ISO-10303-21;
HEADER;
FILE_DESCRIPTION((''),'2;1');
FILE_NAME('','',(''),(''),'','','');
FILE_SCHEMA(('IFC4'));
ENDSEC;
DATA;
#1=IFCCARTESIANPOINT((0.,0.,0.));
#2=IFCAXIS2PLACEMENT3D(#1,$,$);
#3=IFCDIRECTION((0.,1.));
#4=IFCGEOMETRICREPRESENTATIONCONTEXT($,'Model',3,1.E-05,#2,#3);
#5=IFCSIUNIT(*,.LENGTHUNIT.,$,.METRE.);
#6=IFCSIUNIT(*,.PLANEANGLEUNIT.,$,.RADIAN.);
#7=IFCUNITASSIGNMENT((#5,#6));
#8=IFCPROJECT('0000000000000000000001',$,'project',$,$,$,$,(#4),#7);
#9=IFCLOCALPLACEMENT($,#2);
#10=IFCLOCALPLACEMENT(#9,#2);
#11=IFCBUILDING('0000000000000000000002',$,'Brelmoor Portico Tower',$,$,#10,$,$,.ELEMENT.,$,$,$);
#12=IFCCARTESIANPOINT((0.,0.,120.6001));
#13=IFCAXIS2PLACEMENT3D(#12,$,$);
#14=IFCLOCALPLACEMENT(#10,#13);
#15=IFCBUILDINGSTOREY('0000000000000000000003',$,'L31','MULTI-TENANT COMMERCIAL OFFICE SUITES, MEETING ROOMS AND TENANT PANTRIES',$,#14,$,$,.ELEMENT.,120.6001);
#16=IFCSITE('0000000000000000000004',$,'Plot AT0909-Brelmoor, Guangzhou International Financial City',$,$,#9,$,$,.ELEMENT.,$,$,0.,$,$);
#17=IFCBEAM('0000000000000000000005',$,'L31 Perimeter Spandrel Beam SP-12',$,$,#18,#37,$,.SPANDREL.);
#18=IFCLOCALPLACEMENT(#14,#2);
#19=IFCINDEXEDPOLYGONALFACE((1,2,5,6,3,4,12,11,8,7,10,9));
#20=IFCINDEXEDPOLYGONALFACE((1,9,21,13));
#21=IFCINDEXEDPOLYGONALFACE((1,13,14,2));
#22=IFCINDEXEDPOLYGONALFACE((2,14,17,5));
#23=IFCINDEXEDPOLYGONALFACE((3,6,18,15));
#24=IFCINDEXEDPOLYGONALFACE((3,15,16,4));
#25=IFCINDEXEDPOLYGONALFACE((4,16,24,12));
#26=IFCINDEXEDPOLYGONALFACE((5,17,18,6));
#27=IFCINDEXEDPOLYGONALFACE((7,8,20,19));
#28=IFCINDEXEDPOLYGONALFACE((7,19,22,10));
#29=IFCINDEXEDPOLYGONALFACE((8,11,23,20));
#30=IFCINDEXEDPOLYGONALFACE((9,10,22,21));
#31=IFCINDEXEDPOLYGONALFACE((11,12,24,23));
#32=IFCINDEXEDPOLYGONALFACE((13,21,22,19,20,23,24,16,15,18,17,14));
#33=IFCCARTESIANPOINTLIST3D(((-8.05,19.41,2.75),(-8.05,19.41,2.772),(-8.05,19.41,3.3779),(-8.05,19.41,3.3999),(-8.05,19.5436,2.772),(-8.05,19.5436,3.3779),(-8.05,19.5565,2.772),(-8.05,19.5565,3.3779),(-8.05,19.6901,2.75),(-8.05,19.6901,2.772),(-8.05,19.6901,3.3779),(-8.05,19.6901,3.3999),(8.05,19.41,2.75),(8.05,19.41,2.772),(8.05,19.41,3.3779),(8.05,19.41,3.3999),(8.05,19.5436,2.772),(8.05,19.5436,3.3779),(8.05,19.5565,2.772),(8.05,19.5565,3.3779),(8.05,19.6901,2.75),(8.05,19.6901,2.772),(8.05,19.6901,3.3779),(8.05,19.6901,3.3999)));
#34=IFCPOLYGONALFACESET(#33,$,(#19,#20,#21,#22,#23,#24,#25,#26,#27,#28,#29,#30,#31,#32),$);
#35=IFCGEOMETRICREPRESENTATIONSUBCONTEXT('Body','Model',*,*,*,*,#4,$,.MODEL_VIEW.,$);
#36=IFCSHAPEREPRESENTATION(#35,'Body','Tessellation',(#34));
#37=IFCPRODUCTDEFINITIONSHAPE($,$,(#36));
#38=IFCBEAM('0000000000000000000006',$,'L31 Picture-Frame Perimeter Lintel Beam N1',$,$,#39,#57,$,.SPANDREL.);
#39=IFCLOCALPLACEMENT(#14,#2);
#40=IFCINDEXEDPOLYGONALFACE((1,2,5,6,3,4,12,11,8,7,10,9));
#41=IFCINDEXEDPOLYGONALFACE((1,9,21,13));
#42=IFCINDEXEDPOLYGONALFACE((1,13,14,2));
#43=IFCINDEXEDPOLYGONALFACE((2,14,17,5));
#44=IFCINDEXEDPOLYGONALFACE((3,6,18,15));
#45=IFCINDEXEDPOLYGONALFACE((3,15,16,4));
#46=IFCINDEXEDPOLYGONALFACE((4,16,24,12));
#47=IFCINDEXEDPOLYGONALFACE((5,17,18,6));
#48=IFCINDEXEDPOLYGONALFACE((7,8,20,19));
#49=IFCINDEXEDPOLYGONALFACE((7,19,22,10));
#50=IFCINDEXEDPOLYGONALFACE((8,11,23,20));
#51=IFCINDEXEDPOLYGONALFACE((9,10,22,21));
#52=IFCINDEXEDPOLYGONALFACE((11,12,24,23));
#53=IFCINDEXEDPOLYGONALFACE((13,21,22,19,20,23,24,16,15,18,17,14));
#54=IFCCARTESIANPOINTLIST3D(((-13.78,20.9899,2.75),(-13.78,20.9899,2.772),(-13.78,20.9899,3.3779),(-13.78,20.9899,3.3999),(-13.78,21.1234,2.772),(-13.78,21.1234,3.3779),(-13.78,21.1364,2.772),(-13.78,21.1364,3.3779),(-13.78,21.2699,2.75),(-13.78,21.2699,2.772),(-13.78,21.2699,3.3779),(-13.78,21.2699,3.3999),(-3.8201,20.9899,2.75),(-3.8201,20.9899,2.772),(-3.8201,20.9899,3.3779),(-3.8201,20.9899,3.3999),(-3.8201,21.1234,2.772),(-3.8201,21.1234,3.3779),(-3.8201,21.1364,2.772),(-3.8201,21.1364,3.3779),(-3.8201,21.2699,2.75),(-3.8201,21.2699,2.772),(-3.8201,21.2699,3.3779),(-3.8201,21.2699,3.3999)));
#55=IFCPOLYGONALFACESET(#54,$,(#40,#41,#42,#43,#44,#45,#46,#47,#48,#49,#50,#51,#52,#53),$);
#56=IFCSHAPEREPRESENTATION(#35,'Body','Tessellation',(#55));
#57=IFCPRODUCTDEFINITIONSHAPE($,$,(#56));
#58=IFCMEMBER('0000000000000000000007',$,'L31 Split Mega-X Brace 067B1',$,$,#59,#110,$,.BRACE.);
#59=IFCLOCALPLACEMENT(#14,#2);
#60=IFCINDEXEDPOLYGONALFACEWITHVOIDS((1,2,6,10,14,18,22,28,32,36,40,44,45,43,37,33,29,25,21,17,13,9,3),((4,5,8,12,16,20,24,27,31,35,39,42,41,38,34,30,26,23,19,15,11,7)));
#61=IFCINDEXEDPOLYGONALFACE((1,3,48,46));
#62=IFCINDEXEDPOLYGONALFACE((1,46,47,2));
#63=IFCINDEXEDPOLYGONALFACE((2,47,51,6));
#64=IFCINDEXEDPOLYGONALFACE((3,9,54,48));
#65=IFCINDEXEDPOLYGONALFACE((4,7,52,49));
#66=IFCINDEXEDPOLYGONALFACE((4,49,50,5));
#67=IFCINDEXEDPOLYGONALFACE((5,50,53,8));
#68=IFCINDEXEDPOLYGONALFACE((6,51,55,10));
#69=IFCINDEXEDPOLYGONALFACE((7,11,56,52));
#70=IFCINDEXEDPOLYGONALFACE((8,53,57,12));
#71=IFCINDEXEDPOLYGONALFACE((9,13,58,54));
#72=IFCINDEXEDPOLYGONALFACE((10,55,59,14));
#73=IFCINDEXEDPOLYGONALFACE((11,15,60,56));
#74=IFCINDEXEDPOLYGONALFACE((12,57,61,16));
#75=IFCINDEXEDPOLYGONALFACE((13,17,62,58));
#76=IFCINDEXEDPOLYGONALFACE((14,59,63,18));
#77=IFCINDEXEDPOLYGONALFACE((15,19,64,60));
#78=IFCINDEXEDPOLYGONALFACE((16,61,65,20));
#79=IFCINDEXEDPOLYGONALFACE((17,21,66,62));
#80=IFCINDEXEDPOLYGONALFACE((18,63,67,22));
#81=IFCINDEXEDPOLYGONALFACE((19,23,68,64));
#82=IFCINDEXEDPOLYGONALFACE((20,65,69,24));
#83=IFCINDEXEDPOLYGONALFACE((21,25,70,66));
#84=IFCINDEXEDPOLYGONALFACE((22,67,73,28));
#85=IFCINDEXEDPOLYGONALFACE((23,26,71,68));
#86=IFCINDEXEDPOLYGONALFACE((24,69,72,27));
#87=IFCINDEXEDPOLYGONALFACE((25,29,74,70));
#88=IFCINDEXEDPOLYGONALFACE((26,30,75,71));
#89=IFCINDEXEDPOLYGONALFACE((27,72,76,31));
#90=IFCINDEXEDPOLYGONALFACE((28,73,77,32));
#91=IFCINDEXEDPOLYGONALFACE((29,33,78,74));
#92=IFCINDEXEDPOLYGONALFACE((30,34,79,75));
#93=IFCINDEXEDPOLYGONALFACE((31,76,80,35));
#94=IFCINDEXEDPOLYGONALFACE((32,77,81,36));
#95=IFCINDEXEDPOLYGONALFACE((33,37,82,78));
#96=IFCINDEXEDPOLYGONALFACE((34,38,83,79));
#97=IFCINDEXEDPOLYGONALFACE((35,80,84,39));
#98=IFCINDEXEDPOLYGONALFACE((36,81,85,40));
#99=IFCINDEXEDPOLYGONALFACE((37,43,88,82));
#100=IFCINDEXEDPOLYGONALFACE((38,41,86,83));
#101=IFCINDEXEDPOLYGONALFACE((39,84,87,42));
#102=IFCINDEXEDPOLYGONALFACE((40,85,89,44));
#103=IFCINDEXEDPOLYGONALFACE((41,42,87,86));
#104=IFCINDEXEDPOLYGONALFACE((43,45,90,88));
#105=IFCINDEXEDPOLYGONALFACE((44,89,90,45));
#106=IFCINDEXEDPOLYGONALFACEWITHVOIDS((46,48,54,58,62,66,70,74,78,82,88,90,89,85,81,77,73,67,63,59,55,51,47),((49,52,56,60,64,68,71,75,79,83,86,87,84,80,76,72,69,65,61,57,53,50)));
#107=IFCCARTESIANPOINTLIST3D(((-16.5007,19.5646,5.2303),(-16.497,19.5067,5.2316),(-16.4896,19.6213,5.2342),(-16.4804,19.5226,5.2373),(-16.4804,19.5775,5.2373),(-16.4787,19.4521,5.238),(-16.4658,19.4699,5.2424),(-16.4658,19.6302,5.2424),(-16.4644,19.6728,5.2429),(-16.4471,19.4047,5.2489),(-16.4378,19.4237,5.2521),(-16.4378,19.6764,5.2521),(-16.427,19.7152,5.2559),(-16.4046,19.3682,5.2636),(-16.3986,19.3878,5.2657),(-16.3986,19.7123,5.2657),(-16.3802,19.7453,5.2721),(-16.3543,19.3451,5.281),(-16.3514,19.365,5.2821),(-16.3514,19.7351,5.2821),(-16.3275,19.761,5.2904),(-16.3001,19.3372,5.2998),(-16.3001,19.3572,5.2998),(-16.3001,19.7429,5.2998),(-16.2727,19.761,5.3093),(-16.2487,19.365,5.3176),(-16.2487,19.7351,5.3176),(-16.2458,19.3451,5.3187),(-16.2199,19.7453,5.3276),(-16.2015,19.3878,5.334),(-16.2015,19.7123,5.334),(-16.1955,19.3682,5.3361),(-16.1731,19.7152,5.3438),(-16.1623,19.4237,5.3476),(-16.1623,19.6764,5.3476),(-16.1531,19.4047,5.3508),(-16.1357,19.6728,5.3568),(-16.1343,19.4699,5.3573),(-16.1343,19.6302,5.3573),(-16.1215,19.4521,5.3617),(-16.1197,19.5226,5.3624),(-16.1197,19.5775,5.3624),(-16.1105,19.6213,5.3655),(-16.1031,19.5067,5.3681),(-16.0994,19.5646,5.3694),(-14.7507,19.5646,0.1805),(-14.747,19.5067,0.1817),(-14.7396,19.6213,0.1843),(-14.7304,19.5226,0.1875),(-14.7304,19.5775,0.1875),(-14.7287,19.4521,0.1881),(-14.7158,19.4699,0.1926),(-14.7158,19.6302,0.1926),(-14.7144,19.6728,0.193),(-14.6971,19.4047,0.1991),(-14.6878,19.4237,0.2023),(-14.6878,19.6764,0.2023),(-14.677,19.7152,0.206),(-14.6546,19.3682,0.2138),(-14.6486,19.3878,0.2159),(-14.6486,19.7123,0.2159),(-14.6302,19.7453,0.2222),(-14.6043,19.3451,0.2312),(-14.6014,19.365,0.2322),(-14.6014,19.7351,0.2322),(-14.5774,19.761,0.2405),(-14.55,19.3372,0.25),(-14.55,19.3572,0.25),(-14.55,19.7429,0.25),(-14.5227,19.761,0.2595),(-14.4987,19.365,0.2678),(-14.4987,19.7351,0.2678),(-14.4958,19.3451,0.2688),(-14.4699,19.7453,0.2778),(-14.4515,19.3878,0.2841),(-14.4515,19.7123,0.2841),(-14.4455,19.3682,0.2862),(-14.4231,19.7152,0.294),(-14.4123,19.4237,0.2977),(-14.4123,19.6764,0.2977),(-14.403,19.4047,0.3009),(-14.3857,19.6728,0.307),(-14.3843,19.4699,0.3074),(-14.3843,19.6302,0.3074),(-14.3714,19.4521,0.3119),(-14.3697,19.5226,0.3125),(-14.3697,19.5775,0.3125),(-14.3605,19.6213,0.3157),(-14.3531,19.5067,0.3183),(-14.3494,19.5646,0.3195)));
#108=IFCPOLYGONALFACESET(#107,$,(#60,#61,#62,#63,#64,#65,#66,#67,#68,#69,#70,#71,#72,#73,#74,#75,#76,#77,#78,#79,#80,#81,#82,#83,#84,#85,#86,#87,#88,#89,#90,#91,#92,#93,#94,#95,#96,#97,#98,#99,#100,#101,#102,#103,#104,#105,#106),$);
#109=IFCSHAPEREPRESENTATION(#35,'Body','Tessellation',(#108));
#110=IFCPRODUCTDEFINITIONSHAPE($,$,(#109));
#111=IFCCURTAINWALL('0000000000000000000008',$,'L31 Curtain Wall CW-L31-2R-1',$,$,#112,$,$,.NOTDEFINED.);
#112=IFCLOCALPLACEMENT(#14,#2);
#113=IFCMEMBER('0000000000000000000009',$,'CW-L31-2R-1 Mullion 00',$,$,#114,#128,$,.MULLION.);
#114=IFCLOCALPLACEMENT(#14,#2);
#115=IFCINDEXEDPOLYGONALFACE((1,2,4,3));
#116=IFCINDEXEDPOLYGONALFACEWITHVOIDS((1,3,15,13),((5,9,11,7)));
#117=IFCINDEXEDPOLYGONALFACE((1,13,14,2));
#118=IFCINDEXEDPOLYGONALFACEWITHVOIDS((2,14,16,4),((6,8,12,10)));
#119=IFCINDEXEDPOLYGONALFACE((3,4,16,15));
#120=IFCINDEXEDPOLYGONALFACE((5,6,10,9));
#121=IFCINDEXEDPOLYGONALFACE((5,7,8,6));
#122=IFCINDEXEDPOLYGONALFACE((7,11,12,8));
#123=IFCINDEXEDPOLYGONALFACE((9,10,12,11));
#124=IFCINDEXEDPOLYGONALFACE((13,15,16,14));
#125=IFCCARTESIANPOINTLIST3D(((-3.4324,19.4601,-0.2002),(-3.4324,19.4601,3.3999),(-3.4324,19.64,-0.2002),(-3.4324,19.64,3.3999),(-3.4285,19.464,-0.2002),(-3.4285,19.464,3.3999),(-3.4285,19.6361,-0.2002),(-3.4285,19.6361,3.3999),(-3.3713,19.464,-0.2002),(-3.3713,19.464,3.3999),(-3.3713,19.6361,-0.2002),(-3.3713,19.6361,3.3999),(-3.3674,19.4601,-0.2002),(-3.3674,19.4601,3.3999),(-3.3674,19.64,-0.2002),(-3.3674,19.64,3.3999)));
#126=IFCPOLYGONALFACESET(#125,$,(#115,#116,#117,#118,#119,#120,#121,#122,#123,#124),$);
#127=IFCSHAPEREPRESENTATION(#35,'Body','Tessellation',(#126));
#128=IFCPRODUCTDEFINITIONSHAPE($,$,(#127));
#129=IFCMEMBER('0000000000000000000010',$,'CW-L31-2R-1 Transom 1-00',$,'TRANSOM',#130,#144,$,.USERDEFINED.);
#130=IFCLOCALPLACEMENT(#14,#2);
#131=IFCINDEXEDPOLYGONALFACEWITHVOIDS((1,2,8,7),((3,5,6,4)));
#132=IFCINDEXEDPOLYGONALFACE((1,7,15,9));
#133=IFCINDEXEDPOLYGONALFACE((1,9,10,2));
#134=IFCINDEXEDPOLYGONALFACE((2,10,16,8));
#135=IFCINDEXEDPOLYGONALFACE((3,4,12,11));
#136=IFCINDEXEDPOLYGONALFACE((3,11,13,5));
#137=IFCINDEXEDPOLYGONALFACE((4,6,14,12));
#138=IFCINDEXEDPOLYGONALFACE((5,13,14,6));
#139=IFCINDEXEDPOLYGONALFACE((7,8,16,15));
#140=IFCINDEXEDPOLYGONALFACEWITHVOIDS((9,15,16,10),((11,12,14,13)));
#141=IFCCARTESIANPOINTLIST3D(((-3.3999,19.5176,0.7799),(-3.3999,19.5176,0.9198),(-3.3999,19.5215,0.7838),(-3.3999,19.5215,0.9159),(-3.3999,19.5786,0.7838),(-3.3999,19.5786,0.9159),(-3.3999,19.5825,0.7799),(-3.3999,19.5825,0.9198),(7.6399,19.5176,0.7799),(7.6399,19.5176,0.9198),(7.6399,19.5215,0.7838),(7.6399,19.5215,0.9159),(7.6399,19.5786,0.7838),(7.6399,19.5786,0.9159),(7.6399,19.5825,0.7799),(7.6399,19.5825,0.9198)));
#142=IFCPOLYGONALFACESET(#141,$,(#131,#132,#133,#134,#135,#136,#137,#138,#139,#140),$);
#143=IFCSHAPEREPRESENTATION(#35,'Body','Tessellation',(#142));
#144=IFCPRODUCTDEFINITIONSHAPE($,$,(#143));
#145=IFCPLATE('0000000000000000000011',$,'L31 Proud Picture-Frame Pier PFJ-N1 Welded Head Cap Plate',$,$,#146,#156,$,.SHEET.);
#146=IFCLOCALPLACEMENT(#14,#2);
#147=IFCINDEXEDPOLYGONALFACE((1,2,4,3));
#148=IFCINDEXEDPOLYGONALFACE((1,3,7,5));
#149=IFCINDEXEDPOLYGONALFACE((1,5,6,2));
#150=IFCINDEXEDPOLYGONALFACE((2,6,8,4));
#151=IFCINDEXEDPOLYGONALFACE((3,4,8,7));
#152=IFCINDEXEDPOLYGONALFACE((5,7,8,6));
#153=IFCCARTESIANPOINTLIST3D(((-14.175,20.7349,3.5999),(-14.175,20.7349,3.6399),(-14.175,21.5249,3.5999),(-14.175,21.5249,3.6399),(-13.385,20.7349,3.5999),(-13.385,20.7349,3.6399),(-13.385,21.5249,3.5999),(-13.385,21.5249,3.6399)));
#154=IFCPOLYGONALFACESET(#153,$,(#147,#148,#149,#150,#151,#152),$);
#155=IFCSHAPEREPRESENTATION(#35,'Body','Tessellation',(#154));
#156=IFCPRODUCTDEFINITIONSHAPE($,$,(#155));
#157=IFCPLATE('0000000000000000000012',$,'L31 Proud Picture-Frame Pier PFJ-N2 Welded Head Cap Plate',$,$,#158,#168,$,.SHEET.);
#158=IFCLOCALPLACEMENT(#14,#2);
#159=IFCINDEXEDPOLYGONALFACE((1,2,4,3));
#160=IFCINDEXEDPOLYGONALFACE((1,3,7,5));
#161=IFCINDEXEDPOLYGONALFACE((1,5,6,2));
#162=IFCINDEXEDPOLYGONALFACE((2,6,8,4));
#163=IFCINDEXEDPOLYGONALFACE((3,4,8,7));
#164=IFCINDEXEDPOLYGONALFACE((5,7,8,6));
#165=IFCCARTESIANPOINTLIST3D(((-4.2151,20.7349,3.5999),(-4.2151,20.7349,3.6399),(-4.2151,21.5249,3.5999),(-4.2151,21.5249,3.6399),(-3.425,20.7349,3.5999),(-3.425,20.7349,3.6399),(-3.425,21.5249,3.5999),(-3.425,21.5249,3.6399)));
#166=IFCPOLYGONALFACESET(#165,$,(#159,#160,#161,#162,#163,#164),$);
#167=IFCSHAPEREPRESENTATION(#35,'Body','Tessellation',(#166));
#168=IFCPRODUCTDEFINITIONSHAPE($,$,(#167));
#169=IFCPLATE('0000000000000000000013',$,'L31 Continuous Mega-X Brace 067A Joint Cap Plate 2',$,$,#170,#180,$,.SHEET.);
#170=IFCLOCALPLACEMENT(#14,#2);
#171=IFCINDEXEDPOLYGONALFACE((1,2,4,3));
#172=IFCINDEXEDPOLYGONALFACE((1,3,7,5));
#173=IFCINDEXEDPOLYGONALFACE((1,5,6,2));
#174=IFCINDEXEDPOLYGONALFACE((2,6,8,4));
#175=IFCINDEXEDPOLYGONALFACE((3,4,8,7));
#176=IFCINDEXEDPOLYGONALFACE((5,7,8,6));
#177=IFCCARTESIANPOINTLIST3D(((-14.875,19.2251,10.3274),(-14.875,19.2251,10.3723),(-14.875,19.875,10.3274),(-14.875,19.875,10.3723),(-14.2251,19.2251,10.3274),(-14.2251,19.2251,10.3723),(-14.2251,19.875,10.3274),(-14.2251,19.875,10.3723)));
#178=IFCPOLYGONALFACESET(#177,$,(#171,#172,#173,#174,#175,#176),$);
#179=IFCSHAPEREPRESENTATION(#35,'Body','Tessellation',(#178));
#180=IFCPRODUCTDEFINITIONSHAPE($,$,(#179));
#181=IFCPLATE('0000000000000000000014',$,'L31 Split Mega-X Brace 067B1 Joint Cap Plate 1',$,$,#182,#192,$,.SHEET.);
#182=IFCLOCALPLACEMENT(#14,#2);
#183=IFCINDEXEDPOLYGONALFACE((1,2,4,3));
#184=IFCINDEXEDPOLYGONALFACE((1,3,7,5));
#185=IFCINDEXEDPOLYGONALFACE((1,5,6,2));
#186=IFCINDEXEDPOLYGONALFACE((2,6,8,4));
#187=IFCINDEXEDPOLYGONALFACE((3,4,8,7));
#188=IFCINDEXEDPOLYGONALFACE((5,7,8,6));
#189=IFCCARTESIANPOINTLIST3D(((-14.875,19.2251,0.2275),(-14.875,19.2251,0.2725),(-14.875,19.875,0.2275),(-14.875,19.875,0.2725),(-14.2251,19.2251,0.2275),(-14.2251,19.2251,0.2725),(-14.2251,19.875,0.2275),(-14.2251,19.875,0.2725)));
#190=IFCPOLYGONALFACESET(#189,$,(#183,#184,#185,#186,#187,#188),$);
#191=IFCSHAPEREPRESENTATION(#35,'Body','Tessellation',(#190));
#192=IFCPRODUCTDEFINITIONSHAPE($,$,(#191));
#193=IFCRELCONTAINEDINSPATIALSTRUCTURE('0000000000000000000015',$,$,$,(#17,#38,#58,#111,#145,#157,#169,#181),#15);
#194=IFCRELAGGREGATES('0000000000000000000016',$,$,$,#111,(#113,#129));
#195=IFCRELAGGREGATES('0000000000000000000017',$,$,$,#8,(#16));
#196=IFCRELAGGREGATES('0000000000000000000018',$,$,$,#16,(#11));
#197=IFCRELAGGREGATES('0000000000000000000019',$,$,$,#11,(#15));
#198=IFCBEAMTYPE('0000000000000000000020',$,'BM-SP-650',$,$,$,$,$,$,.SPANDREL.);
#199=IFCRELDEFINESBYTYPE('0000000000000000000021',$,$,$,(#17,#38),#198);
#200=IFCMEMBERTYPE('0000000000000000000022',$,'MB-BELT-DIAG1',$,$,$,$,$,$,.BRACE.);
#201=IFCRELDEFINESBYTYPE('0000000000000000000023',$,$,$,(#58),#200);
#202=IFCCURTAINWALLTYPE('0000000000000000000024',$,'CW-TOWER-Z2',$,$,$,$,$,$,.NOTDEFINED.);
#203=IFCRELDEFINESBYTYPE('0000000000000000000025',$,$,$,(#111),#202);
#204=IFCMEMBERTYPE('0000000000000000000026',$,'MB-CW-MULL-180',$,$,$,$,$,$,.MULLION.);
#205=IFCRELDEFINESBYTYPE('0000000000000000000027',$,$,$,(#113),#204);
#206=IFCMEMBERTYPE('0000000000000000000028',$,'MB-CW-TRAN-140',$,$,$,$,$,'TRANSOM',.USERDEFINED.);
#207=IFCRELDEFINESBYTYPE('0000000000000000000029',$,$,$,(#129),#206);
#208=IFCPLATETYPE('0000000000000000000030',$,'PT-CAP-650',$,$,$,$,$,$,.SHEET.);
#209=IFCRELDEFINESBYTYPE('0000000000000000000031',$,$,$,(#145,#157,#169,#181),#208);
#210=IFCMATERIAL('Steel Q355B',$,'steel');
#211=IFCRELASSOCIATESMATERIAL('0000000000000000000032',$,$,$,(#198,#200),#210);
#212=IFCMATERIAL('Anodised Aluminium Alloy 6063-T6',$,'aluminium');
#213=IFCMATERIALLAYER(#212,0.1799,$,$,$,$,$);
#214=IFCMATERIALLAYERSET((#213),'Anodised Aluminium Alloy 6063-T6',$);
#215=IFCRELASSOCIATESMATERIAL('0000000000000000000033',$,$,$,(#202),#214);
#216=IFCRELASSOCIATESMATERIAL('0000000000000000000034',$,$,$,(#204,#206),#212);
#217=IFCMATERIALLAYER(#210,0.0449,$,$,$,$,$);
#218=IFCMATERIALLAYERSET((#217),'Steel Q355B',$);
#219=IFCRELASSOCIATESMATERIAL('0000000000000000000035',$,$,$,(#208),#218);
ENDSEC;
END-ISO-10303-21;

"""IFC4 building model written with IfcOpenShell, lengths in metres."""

from ifc_helpers import new_model, si_unit, direction, frame, origin, origin_2d, place, context, subcontext, project, spatial, rectangle, hollow_rectangle, hollow_circle, i_section, extrude, material, layer, layer_set, material_profile, profile_set, type_object, element, aggregate, save


model = new_model("IFC4")

# Units and contexts
model_context = context("Model", 3, precision=1e-05, world=origin(), true_north=direction((0.0, 1.0)))
body_context = subcontext(model_context, "Body", "Model", "MODEL_VIEW")
ifc_project = project(units=[si_unit("LENGTHUNIT", "METRE"), si_unit("PLANEANGLEUNIT", "RADIAN")], contexts=[model_context])

# Site, building, storey
site_placement = place(None, origin())
site = spatial("IfcSite", under=ifc_project, at=site_placement, Name="Plot AT0909-Brelmoor, Guangzhou International Financial City", CompositionType="ELEMENT", RefElevation=0.0)
building_placement = place(site_placement, origin())
building = spatial("IfcBuilding", under=site, at=building_placement, Name="Brelmoor Portico Tower", CompositionType="ELEMENT")
storey_placement = place(building_placement, frame((0.0, 0.0, 120.6001)))
storey = spatial("IfcBuildingStorey", under=building, at=storey_placement, Name="L31", Description="MULTI-TENANT COMMERCIAL OFFICE SUITES, MEETING ROOMS AND TENANT PANTRIES", CompositionType="ELEMENT", Elevation=120.6001)

# Shared definitions
ifc_material_1 = material(Name="Steel Q355B", Category="steel")

# Beams
ifc_material_profile_1 = material_profile(ifc_material_1, i_section(OverallWidth=0.28, OverallDepth=0.6499, WebThickness=0.0129, FlangeThickness=0.022, at=origin_2d()), Name="HN 650x280x13x22")
ifc_profile_set_1 = profile_set([ifc_material_profile_1], Name="Steel Q355B")
beam_type_1 = type_object("IfcBeamType", Name="BM-SP-650", PredefinedType="SPANDREL", material=ifc_profile_set_1)
beam_1_placement = place(storey_placement, frame((-8.05, 19.55, 3.075), z_axis=(1.0, 0.0, 0.0), x_axis=(0.0, 1.0, 0.0)))
element("IfcBeam", 1, at=beam_1_placement, inside=storey, type_object=beam_type_1, Name="L31 Perimeter Spandrel Beam SP-12", PredefinedType="SPANDREL", context=body_context, shape_type="SweptSolid", body=[
    extrude(i_section(OverallWidth=0.28, OverallDepth=0.6499, WebThickness=0.0129, FlangeThickness=0.022, at=origin_2d()), origin(), (0.0, 0.0, 1.0), 16.1001),
])
beam_2_placement = place(storey_placement, frame((-13.78, 21.1299, 3.075), z_axis=(1.0, 0.0, 0.0), x_axis=(0.0, 1.0, 0.0)))
element("IfcBeam", 2, at=beam_2_placement, inside=storey, type_object=beam_type_1, Name="L31 Picture-Frame Perimeter Lintel Beam N1", PredefinedType="SPANDREL", context=body_context, shape_type="SweptSolid", body=[
    extrude(i_section(OverallWidth=0.28, OverallDepth=0.6499, WebThickness=0.0129, FlangeThickness=0.022, at=origin_2d()), origin(), (0.0, 0.0, 1.0), 9.96),
])

# Member
ifc_material_profile_2 = material_profile(ifc_material_1, hollow_circle(Radius=0.2129, WallThickness=0.02, at=origin_2d()), Name="CHS 426x20")
ifc_profile_set_2 = profile_set([ifc_material_profile_2], Name="Steel Q355B")
member_type_1 = type_object("IfcMemberType", Name="MB-BELT-DIAG1", PredefinedType="BRACE", material=ifc_profile_set_2)
member_1_placement = place(storey_placement, frame((-14.55, 19.55, 0.25), z_axis=(-0.327443, 0.0, 0.944871), x_axis=(0.0, -1.0, 0.0)))
element("IfcMember", 3, at=member_1_placement, inside=storey, type_object=member_type_1, Name="L31 Split Mega-X Brace 067B1", PredefinedType="BRACE", context=body_context, shape_type="SweptSolid", body=[
    extrude(hollow_circle(Radius=0.2129, WallThickness=0.02, at=origin_2d()), origin(), (0.0, 0.0, 1.0), 5.3445),
])

# Curtain wall, members
ifc_material_2 = material(Name="Anodised Aluminium Alloy 6063-T6", Category="aluminium")
ifc_layer_1 = layer(ifc_material_2, 0.1799)
ifc_layer_set_1 = layer_set([ifc_layer_1], Name="Anodised Aluminium Alloy 6063-T6")
curtain_wall_type = type_object("IfcCurtainWallType", Name="CW-TOWER-Z2", PredefinedType="NOTDEFINED", material=ifc_layer_set_1)
curtain_wall_placement = place(storey_placement, origin())
curtain_wall = element("IfcCurtainWall", 4, at=curtain_wall_placement, inside=storey, type_object=curtain_wall_type, Name="L31 Curtain Wall CW-L31-2R-1", PredefinedType="NOTDEFINED")
ifc_material_profile_3 = material_profile(ifc_material_2, hollow_rectangle(XDim=0.0649, YDim=0.1799, WallThickness=0.0039, at=origin_2d()), Name="ALU MULLION 65x180")
ifc_profile_set_3 = profile_set([ifc_material_profile_3], Name="Anodised Aluminium Alloy 6063-T6")
member_type_2 = type_object("IfcMemberType", Name="MB-CW-MULL-180", PredefinedType="MULLION", material=ifc_profile_set_3)
member_2_placement = place(storey_placement, frame((-3.3999, 19.55, -0.2002), z_axis=(0.0, 0.0, 1.0), x_axis=(1.0, 0.0, 0.0)))
member_2 = element("IfcMember", 5, at=member_2_placement, type_object=member_type_2, Name="CW-L31-2R-1 Mullion 00", PredefinedType="MULLION", context=body_context, shape_type="SweptSolid", body=[
    extrude(hollow_rectangle(XDim=0.0649, YDim=0.1799, WallThickness=0.0039, at=origin_2d()), origin(), (0.0, 0.0, 1.0), 3.6001),
])
ifc_material_profile_4 = material_profile(ifc_material_2, hollow_rectangle(XDim=0.0649, YDim=0.1399, WallThickness=0.0039, at=origin_2d()), Name="ALU TRANSOM 65x140")
ifc_profile_set_4 = profile_set([ifc_material_profile_4], Name="Anodised Aluminium Alloy 6063-T6")
member_type_3 = type_object("IfcMemberType", Name="MB-CW-TRAN-140", ElementType="TRANSOM", PredefinedType="USERDEFINED", material=ifc_profile_set_4)
member_3_placement = place(storey_placement, frame((-3.3999, 19.55, 0.8499), z_axis=(1.0, 0.0, 0.0), x_axis=(0.0, 1.0, 0.0)))
member_3 = element("IfcMember", 6, at=member_3_placement, type_object=member_type_3, Name="CW-L31-2R-1 Transom 1-00", ObjectType="TRANSOM", PredefinedType="USERDEFINED", context=body_context, shape_type="SweptSolid", body=[
    extrude(hollow_rectangle(XDim=0.0649, YDim=0.1399, WallThickness=0.0039, at=origin_2d()), origin(), (0.0, 0.0, 1.0), 11.0398),
])
aggregate(curtain_wall, [member_2, member_3])

# Plates
ifc_layer_2 = layer(ifc_material_1, 0.0449)
ifc_layer_set_2 = layer_set([ifc_layer_2], Name="Steel Q355B")
plate_type_1 = type_object("IfcPlateType", Name="PT-CAP-650", PredefinedType="SHEET", material=ifc_layer_set_2)
for number, where, z_axis, x_axis, name in (
    (7, (-13.78, 21.1299, 3.5999), (0.0, 0.0, 1.0), (1.0, 0.0, 0.0), "L31 Proud Picture-Frame Pier PFJ-N1 Welded Head Cap Plate"),
    (8, (-3.8201, 21.1299, 3.5999), (0.0, 0.0, 1.0), (1.0, 0.0, 0.0), "L31 Proud Picture-Frame Pier PFJ-N2 Welded Head Cap Plate"),
):
    element("IfcPlate", number, at=place(storey_placement, frame(where, z_axis=z_axis, x_axis=x_axis)), inside=storey, type_object=plate_type_1, Name=name, PredefinedType="SHEET", context=body_context, shape_type="SweptSolid", body=[
        extrude(rectangle(XDim=0.79, YDim=0.79, at=origin_2d()), origin(), (0.0, 0.0, 1.0), 0.04),
    ])
for number, where, z_axis, x_axis, name in (
    (9, (-14.55, 19.55, 10.3274), (0.0, 0.0, 1.0), (1.0, 0.0, 0.0), "L31 Continuous Mega-X Brace 067A Joint Cap Plate 2"),
    (10, (-14.55, 19.55, 0.2275), (0.0, 0.0, 1.0), (1.0, 0.0, 0.0), "L31 Split Mega-X Brace 067B1 Joint Cap Plate 1"),
):
    element("IfcPlate", number, at=place(storey_placement, frame(where, z_axis=z_axis, x_axis=x_axis)), inside=storey, type_object=plate_type_1, Name=name, PredefinedType="SHEET", context=body_context, shape_type="SweptSolid", body=[
        extrude(rectangle(XDim=0.6499, YDim=0.6499, at=origin_2d()), origin(), (0.0, 0.0, 1.0), 0.0449),
    ])

save(model, "model.ifc")
